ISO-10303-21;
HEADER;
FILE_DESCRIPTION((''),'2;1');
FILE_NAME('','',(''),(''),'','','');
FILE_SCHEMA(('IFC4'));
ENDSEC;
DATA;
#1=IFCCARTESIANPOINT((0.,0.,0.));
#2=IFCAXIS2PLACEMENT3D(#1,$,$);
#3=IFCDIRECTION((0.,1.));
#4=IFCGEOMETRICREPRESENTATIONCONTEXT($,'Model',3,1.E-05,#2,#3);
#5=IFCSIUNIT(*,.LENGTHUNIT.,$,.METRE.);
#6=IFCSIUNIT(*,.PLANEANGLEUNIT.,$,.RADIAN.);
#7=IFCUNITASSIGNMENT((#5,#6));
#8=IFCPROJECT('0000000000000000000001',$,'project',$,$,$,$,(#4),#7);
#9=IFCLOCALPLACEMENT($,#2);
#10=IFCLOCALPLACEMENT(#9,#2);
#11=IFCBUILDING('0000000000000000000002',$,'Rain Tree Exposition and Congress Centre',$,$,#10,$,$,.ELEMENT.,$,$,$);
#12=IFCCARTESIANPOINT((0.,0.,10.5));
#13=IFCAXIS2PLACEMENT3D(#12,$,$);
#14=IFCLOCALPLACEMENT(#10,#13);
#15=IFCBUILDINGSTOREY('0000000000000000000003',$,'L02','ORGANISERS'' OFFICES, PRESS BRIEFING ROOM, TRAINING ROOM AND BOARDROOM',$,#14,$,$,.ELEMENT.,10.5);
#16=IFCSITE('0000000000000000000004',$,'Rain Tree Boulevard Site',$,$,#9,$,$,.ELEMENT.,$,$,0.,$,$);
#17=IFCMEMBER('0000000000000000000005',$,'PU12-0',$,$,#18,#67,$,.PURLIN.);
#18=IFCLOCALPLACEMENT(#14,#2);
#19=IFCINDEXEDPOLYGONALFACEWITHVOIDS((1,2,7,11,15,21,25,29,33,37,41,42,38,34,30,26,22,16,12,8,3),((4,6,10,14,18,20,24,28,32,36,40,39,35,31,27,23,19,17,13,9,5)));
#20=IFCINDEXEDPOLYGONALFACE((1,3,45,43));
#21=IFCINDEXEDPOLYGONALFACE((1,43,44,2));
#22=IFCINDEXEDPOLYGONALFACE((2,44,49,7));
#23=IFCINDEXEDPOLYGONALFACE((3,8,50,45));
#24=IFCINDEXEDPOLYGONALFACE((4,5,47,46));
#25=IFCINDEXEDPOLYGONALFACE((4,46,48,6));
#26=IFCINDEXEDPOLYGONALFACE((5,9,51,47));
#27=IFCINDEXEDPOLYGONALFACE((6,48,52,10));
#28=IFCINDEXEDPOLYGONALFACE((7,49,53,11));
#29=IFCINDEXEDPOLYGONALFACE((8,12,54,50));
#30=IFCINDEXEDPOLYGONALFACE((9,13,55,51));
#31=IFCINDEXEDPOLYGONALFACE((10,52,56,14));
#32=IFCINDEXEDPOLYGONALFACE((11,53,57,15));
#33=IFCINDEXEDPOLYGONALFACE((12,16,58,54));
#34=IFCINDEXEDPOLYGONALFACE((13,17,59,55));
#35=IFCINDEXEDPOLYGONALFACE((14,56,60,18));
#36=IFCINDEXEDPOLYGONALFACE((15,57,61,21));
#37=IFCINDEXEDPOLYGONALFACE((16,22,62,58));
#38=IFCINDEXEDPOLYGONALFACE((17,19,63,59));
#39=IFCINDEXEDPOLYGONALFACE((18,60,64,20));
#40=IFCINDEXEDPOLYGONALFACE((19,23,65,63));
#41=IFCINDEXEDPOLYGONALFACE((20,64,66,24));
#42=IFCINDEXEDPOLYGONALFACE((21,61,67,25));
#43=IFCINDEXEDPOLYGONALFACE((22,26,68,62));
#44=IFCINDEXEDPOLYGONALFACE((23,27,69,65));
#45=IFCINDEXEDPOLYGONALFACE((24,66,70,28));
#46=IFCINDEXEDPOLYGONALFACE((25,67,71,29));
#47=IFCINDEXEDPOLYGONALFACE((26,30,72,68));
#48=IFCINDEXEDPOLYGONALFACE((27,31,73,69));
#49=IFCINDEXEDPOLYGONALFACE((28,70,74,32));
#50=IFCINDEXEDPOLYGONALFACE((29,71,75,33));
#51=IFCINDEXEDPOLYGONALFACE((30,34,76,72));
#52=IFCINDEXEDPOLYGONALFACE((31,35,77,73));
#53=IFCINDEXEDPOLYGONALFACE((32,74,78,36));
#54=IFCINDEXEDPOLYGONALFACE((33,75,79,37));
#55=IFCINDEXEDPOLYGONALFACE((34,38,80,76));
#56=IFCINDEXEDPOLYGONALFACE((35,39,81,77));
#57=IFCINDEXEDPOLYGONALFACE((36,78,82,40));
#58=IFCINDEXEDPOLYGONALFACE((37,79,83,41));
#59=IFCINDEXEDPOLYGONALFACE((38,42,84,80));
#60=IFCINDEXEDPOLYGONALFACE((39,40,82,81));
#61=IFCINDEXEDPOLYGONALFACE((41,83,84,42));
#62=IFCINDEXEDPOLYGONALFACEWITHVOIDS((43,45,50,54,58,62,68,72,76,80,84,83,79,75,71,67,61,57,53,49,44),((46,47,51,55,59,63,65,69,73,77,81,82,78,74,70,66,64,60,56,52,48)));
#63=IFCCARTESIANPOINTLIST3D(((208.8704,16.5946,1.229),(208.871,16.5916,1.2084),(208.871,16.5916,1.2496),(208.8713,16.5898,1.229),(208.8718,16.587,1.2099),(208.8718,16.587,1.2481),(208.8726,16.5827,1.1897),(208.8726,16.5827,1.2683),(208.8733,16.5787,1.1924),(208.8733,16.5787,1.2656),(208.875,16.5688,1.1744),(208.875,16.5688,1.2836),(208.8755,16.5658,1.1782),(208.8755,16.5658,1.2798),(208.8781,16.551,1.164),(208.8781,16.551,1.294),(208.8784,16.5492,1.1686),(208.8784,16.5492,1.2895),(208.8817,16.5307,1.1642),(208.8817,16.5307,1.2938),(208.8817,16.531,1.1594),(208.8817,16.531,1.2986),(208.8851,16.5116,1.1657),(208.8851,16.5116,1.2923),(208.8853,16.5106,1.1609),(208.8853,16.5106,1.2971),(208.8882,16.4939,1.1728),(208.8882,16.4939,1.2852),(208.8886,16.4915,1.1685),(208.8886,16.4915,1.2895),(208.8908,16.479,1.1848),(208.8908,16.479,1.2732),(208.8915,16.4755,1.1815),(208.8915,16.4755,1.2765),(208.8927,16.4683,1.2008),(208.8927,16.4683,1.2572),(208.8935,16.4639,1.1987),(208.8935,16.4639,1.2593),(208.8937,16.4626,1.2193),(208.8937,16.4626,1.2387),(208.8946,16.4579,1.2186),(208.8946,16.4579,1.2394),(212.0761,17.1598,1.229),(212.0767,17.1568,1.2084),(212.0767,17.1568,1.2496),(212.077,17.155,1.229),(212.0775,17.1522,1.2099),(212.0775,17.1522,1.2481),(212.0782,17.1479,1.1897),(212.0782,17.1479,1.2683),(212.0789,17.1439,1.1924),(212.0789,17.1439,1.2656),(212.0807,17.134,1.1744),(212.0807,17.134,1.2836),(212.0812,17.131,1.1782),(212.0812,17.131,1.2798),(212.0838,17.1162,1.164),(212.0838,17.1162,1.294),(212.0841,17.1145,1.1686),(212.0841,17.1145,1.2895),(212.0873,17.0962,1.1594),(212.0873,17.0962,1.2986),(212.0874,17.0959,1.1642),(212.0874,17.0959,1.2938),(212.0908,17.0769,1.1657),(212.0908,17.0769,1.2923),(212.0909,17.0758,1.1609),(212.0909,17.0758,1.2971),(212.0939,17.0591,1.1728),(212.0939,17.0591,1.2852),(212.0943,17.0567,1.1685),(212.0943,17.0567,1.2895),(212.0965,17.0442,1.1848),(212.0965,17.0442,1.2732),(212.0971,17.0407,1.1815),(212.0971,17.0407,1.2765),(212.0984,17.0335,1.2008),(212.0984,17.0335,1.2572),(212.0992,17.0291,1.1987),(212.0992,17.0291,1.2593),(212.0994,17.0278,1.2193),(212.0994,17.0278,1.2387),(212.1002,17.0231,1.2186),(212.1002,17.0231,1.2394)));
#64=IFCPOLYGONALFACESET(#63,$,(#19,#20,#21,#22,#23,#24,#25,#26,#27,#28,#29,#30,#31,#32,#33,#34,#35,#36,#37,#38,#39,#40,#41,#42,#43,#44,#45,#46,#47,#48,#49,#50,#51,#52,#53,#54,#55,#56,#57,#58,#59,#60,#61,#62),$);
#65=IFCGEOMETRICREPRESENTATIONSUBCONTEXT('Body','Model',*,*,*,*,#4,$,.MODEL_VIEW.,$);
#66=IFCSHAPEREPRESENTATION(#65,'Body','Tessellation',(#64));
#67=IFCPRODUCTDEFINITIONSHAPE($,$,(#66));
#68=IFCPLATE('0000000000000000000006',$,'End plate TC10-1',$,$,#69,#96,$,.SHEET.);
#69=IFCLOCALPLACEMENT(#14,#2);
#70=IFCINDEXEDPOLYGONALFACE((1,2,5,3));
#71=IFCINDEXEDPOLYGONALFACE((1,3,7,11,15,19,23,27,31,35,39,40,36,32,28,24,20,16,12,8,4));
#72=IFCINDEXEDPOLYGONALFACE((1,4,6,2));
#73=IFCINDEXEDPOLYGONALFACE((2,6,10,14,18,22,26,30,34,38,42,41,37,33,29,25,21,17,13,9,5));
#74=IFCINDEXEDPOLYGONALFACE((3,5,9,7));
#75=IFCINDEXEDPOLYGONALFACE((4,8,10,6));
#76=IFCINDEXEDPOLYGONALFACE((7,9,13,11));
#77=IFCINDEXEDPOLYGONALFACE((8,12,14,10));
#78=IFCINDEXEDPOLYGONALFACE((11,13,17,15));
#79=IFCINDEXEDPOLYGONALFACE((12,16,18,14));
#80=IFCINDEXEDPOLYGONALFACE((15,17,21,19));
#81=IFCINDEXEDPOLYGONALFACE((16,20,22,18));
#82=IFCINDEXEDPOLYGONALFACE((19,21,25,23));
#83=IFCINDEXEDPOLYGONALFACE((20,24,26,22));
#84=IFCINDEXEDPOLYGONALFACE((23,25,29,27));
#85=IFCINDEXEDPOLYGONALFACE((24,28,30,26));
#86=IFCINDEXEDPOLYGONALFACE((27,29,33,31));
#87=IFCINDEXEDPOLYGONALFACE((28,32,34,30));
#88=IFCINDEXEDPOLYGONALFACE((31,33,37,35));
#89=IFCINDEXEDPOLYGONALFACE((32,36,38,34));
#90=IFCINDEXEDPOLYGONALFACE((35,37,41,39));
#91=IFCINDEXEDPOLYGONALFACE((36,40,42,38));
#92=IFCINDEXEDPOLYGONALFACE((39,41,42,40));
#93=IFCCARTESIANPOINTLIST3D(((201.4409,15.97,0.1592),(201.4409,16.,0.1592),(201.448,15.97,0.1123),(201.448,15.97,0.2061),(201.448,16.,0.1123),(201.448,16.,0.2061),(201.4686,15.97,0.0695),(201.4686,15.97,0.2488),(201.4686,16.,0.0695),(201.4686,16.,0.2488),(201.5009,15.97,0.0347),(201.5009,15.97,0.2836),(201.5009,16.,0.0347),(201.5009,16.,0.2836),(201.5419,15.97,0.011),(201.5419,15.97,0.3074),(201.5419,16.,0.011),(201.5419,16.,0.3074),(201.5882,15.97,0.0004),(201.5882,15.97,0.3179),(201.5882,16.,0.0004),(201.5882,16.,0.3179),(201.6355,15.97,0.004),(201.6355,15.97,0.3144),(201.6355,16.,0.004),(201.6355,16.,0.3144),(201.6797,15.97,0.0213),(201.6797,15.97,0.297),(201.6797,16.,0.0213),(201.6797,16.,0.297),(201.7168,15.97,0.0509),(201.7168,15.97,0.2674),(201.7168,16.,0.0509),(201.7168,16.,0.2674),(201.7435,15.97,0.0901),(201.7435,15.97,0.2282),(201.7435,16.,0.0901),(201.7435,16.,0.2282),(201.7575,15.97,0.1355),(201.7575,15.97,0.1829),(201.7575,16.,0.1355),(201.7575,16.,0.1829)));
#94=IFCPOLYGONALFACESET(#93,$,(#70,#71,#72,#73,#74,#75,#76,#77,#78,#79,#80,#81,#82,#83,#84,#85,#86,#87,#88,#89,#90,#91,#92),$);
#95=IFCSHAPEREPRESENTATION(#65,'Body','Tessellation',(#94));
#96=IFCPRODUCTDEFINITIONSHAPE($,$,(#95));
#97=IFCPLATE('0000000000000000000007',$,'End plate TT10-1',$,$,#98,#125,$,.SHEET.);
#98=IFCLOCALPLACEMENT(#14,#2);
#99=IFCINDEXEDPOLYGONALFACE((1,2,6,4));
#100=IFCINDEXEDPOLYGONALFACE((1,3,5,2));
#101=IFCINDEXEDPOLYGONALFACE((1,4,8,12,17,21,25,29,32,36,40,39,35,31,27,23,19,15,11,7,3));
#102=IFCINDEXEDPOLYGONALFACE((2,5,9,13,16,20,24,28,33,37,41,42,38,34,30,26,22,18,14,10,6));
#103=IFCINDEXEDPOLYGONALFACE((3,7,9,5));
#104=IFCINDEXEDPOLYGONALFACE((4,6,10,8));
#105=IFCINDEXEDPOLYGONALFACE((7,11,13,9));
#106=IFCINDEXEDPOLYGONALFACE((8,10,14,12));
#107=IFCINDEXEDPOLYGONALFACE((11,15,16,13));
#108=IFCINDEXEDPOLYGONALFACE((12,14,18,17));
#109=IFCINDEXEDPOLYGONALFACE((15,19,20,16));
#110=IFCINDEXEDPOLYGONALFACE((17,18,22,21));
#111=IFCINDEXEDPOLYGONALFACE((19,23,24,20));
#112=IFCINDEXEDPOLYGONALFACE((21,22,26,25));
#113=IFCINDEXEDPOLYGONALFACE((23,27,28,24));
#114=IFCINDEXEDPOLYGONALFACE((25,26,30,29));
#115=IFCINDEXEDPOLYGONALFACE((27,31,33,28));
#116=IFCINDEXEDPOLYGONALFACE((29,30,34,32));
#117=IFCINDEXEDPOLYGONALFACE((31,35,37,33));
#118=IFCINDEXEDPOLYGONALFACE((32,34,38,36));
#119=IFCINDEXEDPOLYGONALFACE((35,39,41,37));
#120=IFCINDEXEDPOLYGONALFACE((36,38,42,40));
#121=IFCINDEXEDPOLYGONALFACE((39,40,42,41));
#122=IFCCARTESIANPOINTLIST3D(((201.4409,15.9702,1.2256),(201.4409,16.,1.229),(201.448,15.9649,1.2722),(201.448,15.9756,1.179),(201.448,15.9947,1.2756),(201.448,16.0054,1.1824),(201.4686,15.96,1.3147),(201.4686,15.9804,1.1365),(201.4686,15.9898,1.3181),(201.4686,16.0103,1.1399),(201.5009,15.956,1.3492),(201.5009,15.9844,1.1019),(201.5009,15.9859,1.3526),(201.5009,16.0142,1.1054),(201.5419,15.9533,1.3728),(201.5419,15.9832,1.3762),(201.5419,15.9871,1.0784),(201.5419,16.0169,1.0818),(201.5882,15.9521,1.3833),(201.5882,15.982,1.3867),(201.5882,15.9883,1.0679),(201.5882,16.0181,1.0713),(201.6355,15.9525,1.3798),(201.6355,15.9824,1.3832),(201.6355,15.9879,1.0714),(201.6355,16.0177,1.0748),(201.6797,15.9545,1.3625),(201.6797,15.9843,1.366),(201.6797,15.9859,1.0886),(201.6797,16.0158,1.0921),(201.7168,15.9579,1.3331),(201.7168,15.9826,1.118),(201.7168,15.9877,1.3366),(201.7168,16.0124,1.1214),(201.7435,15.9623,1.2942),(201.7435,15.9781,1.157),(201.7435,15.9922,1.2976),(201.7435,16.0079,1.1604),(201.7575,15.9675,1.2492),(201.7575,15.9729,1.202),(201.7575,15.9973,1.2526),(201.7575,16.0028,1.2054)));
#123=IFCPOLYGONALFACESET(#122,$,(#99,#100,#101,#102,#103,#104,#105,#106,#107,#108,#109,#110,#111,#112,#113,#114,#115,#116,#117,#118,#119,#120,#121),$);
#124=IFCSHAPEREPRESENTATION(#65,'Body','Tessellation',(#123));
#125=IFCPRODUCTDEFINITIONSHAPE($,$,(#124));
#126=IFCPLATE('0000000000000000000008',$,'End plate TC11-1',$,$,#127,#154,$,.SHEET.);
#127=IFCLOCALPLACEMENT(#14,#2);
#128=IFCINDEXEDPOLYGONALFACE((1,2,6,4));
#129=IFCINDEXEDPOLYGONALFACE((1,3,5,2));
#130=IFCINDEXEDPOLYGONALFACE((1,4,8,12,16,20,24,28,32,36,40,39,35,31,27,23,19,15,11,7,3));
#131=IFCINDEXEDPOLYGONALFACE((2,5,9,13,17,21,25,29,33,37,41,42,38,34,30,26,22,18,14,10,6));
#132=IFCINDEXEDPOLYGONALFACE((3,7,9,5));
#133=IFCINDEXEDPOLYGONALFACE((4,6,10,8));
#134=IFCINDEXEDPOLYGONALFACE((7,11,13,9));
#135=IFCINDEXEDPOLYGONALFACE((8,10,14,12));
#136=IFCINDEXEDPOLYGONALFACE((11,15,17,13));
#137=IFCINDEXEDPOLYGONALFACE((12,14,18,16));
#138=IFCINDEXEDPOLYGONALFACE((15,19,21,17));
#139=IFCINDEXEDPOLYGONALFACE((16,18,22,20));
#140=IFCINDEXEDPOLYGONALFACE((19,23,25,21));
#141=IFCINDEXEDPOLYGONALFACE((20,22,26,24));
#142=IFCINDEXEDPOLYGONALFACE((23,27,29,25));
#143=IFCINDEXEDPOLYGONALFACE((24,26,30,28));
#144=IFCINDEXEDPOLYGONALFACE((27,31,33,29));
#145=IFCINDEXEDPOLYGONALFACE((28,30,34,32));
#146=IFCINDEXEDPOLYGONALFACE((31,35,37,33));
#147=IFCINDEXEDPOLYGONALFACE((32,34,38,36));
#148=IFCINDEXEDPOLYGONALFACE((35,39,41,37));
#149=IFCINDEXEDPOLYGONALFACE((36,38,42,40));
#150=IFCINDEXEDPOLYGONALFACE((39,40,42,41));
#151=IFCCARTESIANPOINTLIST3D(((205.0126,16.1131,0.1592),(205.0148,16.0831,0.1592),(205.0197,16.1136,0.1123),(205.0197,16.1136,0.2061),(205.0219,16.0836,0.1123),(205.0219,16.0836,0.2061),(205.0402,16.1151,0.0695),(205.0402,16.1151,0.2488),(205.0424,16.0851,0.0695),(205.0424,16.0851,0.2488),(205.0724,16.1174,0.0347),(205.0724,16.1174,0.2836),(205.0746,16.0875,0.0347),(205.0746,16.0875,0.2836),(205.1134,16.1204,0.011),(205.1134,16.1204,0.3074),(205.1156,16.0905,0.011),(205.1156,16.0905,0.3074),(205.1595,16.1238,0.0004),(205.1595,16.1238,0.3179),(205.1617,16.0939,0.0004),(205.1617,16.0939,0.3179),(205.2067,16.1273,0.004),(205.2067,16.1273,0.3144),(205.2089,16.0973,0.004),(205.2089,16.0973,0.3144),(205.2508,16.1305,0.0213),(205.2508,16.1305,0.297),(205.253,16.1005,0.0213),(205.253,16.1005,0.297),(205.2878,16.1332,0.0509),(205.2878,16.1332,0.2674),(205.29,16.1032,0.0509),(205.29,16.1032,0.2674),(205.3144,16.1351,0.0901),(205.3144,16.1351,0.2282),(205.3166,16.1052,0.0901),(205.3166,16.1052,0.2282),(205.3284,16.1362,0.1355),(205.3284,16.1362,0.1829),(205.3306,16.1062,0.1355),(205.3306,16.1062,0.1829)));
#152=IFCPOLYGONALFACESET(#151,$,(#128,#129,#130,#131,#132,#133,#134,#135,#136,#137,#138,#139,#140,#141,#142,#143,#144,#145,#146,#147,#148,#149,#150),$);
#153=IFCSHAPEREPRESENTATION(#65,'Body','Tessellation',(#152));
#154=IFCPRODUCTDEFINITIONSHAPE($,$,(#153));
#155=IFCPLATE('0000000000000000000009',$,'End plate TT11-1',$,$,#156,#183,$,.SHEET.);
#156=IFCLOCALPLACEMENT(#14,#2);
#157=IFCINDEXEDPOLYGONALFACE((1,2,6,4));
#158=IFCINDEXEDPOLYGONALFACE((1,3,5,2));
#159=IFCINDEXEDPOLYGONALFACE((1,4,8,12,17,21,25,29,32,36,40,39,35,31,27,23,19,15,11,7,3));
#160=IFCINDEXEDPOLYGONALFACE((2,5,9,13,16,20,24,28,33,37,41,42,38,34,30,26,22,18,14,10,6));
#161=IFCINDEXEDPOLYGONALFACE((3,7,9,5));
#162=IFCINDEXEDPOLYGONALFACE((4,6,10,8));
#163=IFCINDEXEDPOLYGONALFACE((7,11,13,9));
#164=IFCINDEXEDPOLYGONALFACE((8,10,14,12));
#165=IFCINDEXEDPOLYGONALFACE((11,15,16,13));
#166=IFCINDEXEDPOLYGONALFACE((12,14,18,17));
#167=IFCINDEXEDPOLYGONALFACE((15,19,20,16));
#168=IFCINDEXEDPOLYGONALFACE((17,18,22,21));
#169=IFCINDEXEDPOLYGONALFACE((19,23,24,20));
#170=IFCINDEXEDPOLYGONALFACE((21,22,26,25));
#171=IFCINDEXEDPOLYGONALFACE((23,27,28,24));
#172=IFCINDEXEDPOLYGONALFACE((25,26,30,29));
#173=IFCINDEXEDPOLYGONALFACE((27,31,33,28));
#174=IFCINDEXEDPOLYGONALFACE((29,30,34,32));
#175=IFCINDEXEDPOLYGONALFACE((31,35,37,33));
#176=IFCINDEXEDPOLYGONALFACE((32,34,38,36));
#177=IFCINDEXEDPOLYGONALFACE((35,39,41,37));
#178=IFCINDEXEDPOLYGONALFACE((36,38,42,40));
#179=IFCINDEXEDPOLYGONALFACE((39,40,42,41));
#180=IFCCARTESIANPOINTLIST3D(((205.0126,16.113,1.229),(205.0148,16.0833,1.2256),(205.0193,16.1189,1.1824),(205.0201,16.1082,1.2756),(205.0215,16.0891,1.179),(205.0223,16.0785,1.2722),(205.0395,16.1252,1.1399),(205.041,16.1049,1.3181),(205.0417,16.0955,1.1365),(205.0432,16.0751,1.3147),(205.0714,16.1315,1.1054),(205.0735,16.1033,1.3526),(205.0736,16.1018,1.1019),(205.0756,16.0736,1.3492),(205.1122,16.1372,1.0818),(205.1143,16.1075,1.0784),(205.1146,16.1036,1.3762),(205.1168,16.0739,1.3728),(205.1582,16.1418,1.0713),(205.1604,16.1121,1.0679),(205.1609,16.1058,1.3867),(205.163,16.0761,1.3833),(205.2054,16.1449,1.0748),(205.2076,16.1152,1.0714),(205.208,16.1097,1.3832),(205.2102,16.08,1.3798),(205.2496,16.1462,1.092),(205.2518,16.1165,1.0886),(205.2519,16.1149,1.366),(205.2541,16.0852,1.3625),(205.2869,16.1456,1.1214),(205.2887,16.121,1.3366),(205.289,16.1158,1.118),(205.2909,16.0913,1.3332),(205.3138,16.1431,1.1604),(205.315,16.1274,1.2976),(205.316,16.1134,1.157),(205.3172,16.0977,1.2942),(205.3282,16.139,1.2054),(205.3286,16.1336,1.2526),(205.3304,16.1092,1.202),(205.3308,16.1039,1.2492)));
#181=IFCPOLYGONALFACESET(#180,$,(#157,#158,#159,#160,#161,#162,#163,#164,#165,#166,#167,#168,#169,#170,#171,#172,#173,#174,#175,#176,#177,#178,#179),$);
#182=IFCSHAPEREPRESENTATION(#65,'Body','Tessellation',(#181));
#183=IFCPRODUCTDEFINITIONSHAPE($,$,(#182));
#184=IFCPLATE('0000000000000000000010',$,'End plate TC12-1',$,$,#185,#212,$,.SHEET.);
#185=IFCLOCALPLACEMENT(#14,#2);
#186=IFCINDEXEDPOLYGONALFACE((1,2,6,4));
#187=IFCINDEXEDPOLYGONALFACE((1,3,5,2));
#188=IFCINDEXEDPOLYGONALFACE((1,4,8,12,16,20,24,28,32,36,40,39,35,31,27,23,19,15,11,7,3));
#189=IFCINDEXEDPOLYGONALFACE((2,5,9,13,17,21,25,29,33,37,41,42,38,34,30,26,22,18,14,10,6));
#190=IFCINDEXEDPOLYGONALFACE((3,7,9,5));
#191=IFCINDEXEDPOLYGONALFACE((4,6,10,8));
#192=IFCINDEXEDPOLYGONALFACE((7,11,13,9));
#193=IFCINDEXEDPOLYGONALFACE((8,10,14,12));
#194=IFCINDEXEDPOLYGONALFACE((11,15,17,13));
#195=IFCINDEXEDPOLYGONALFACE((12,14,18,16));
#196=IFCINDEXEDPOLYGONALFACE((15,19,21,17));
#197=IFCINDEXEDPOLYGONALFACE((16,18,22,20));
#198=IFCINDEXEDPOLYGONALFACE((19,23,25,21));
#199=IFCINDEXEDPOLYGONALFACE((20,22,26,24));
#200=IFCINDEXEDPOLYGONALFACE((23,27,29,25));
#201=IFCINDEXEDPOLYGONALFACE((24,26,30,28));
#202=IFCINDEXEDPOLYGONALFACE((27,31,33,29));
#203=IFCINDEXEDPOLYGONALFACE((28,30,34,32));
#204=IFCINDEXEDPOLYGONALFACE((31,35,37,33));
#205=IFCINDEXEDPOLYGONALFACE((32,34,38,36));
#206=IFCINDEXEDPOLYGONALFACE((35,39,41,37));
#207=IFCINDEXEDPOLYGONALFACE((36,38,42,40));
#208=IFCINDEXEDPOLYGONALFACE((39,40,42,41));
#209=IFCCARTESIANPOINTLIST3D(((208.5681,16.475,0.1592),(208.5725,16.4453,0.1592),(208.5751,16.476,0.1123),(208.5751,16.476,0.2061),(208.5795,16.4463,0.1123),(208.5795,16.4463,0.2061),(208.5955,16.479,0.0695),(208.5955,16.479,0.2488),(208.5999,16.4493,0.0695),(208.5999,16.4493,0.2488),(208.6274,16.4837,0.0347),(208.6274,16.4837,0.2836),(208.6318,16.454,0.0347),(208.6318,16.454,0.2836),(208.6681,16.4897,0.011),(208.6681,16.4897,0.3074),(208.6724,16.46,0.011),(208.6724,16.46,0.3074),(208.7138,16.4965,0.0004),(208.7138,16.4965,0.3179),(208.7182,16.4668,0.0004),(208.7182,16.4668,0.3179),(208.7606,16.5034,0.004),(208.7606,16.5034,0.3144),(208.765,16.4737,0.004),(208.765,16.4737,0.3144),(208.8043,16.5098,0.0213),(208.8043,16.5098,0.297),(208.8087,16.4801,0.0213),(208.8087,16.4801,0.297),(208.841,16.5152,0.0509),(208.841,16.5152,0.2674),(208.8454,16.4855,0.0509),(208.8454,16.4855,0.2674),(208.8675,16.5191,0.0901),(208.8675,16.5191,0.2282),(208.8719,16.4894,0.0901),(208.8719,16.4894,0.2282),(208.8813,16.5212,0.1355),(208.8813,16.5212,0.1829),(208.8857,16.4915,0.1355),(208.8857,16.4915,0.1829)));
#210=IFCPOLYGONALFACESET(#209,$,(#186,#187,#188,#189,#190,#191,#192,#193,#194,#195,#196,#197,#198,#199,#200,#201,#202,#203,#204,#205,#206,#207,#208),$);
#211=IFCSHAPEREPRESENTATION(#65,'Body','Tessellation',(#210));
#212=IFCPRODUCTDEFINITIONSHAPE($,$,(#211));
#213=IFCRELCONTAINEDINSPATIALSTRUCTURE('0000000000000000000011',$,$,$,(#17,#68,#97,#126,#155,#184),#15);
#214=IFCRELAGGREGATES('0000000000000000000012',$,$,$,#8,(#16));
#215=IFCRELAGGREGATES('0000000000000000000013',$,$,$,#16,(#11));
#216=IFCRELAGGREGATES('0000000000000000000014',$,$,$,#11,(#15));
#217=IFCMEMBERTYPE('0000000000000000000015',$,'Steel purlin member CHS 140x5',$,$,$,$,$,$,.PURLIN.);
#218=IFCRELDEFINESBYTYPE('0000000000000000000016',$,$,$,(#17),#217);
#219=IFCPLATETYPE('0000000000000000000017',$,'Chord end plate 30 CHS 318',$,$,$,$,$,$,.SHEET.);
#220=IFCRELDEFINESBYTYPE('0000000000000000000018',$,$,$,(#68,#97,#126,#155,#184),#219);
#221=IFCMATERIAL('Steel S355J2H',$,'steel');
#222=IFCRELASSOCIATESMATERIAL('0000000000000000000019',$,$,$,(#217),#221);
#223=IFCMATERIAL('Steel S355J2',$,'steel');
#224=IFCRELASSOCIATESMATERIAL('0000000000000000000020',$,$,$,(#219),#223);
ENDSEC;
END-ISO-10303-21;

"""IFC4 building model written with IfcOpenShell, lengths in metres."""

from ifc_helpers import new_model, si_unit, direction, frame, origin, origin_2d, place, context, subcontext, project, spatial, circle, hollow_circle, extrude, material, material_profile, profile_set, type_object, element, save


model = new_model("IFC4")

# Units and contexts
model_context = context("Model", 3, precision=1e-05, world=origin(), true_north=direction((0.0, 1.0)))
body_context = subcontext(model_context, "Body", "Model", "MODEL_VIEW")
ifc_project = project(units=[si_unit("LENGTHUNIT", "METRE"), si_unit("PLANEANGLEUNIT", "RADIAN")], contexts=[model_context])

# Site, building, storey
site_placement = place(None, origin())
site = spatial("IfcSite", under=ifc_project, at=site_placement, Name="Rain Tree Boulevard Site", CompositionType="ELEMENT", RefElevation=0.0)
building_placement = place(site_placement, origin())
building = spatial("IfcBuilding", under=site, at=building_placement, Name="Rain Tree Exposition and Congress Centre", CompositionType="ELEMENT")
storey_placement = place(building_placement, frame((0.0, 0.0, 10.5)))
storey = spatial("IfcBuildingStorey", under=building, at=storey_placement, Name="L02", Description="ORGANISERS' OFFICES, PRESS BRIEFING ROOM, TRAINING ROOM AND BOARDROOM", CompositionType="ELEMENT", Elevation=10.5)

# Member
ifc_material_1 = material(Name="Steel S355J2H", Category="steel")
ifc_material_profile_1 = material_profile(ifc_material_1, hollow_circle(Radius=0.0698, WallThickness=0.0049, at=origin_2d()), Name="CHS 140x5")
ifc_profile_set_1 = profile_set([ifc_material_profile_1], Name="Steel S355J2H")
member_type_1 = type_object("IfcMemberType", Name="Steel purlin member CHS 140x5", PredefinedType="PURLIN", material=ifc_profile_set_1)
member_1_placement = place(storey_placement, frame((208.8826, 16.5259, 1.229), z_axis=(0.98481, 0.173636, 0.0), x_axis=(-0.173636, 0.98481, 0.0)))
element("IfcMember", 1, at=member_1_placement, inside=storey, type_object=member_type_1, Name="PU12-0", PredefinedType="PURLIN", context=body_context, shape_type="SweptSolid", body=[
    extrude(hollow_circle(Radius=0.0698, WallThickness=0.0049, at=origin_2d()), origin(), (0.0, 0.0, 1.0), 3.2551),
])

# Plates
ifc_material_2 = material(Name="Steel S355J2", Category="steel")
ifc_material_profile_2 = material_profile(ifc_material_2, circle(Radius=0.1592, at=origin_2d()), Name="CIRCLE 318")
ifc_profile_set_2 = profile_set([ifc_material_profile_2], Name="Steel S355J2")
plate_type = type_object("IfcPlateType", Name="Chord end plate 30 CHS 318", PredefinedType="SHEET", material=ifc_profile_set_2)
for number, where, z_axis, x_axis, name in (
    (2, (201.6001, 15.97, 0.1592), (0.0, 1.0, 0.0), (-1.0, 0.0, 0.0), "End plate TC10-1"),
    (3, (201.6001, 15.9702, 1.2256), (0.0, 0.99348, 0.114006), (-1.0, 0.0, 0.0), "End plate TT10-1"),
    (4, (205.1736, 16.0947, 0.1592), (-0.072976, 0.997334, 0.0), (-0.997334, -0.072976, 0.0), "End plate TC11-1"),
    (5, (205.1736, 16.095, 1.2256), (-0.073093, 0.990823, 0.113701), (-0.99729, -0.073571, 0.0), "End plate TT11-1"),
    (6, (208.73, 16.4685, 0.1592), (-0.145961, 0.98929, 0.0), (-0.98929, -0.145961, 0.0), "End plate TC12-1"),
):
    element("IfcPlate", number, at=place(storey_placement, frame(where, z_axis=z_axis, x_axis=x_axis)), inside=storey, type_object=plate_type, Name=name, PredefinedType="SHEET", context=body_context, shape_type="SweptSolid", body=[
        extrude(circle(Radius=0.1592, at=origin_2d()), origin(), (0.0, 0.0, 1.0), 0.03),
    ])

save(model, "model.ifc")
